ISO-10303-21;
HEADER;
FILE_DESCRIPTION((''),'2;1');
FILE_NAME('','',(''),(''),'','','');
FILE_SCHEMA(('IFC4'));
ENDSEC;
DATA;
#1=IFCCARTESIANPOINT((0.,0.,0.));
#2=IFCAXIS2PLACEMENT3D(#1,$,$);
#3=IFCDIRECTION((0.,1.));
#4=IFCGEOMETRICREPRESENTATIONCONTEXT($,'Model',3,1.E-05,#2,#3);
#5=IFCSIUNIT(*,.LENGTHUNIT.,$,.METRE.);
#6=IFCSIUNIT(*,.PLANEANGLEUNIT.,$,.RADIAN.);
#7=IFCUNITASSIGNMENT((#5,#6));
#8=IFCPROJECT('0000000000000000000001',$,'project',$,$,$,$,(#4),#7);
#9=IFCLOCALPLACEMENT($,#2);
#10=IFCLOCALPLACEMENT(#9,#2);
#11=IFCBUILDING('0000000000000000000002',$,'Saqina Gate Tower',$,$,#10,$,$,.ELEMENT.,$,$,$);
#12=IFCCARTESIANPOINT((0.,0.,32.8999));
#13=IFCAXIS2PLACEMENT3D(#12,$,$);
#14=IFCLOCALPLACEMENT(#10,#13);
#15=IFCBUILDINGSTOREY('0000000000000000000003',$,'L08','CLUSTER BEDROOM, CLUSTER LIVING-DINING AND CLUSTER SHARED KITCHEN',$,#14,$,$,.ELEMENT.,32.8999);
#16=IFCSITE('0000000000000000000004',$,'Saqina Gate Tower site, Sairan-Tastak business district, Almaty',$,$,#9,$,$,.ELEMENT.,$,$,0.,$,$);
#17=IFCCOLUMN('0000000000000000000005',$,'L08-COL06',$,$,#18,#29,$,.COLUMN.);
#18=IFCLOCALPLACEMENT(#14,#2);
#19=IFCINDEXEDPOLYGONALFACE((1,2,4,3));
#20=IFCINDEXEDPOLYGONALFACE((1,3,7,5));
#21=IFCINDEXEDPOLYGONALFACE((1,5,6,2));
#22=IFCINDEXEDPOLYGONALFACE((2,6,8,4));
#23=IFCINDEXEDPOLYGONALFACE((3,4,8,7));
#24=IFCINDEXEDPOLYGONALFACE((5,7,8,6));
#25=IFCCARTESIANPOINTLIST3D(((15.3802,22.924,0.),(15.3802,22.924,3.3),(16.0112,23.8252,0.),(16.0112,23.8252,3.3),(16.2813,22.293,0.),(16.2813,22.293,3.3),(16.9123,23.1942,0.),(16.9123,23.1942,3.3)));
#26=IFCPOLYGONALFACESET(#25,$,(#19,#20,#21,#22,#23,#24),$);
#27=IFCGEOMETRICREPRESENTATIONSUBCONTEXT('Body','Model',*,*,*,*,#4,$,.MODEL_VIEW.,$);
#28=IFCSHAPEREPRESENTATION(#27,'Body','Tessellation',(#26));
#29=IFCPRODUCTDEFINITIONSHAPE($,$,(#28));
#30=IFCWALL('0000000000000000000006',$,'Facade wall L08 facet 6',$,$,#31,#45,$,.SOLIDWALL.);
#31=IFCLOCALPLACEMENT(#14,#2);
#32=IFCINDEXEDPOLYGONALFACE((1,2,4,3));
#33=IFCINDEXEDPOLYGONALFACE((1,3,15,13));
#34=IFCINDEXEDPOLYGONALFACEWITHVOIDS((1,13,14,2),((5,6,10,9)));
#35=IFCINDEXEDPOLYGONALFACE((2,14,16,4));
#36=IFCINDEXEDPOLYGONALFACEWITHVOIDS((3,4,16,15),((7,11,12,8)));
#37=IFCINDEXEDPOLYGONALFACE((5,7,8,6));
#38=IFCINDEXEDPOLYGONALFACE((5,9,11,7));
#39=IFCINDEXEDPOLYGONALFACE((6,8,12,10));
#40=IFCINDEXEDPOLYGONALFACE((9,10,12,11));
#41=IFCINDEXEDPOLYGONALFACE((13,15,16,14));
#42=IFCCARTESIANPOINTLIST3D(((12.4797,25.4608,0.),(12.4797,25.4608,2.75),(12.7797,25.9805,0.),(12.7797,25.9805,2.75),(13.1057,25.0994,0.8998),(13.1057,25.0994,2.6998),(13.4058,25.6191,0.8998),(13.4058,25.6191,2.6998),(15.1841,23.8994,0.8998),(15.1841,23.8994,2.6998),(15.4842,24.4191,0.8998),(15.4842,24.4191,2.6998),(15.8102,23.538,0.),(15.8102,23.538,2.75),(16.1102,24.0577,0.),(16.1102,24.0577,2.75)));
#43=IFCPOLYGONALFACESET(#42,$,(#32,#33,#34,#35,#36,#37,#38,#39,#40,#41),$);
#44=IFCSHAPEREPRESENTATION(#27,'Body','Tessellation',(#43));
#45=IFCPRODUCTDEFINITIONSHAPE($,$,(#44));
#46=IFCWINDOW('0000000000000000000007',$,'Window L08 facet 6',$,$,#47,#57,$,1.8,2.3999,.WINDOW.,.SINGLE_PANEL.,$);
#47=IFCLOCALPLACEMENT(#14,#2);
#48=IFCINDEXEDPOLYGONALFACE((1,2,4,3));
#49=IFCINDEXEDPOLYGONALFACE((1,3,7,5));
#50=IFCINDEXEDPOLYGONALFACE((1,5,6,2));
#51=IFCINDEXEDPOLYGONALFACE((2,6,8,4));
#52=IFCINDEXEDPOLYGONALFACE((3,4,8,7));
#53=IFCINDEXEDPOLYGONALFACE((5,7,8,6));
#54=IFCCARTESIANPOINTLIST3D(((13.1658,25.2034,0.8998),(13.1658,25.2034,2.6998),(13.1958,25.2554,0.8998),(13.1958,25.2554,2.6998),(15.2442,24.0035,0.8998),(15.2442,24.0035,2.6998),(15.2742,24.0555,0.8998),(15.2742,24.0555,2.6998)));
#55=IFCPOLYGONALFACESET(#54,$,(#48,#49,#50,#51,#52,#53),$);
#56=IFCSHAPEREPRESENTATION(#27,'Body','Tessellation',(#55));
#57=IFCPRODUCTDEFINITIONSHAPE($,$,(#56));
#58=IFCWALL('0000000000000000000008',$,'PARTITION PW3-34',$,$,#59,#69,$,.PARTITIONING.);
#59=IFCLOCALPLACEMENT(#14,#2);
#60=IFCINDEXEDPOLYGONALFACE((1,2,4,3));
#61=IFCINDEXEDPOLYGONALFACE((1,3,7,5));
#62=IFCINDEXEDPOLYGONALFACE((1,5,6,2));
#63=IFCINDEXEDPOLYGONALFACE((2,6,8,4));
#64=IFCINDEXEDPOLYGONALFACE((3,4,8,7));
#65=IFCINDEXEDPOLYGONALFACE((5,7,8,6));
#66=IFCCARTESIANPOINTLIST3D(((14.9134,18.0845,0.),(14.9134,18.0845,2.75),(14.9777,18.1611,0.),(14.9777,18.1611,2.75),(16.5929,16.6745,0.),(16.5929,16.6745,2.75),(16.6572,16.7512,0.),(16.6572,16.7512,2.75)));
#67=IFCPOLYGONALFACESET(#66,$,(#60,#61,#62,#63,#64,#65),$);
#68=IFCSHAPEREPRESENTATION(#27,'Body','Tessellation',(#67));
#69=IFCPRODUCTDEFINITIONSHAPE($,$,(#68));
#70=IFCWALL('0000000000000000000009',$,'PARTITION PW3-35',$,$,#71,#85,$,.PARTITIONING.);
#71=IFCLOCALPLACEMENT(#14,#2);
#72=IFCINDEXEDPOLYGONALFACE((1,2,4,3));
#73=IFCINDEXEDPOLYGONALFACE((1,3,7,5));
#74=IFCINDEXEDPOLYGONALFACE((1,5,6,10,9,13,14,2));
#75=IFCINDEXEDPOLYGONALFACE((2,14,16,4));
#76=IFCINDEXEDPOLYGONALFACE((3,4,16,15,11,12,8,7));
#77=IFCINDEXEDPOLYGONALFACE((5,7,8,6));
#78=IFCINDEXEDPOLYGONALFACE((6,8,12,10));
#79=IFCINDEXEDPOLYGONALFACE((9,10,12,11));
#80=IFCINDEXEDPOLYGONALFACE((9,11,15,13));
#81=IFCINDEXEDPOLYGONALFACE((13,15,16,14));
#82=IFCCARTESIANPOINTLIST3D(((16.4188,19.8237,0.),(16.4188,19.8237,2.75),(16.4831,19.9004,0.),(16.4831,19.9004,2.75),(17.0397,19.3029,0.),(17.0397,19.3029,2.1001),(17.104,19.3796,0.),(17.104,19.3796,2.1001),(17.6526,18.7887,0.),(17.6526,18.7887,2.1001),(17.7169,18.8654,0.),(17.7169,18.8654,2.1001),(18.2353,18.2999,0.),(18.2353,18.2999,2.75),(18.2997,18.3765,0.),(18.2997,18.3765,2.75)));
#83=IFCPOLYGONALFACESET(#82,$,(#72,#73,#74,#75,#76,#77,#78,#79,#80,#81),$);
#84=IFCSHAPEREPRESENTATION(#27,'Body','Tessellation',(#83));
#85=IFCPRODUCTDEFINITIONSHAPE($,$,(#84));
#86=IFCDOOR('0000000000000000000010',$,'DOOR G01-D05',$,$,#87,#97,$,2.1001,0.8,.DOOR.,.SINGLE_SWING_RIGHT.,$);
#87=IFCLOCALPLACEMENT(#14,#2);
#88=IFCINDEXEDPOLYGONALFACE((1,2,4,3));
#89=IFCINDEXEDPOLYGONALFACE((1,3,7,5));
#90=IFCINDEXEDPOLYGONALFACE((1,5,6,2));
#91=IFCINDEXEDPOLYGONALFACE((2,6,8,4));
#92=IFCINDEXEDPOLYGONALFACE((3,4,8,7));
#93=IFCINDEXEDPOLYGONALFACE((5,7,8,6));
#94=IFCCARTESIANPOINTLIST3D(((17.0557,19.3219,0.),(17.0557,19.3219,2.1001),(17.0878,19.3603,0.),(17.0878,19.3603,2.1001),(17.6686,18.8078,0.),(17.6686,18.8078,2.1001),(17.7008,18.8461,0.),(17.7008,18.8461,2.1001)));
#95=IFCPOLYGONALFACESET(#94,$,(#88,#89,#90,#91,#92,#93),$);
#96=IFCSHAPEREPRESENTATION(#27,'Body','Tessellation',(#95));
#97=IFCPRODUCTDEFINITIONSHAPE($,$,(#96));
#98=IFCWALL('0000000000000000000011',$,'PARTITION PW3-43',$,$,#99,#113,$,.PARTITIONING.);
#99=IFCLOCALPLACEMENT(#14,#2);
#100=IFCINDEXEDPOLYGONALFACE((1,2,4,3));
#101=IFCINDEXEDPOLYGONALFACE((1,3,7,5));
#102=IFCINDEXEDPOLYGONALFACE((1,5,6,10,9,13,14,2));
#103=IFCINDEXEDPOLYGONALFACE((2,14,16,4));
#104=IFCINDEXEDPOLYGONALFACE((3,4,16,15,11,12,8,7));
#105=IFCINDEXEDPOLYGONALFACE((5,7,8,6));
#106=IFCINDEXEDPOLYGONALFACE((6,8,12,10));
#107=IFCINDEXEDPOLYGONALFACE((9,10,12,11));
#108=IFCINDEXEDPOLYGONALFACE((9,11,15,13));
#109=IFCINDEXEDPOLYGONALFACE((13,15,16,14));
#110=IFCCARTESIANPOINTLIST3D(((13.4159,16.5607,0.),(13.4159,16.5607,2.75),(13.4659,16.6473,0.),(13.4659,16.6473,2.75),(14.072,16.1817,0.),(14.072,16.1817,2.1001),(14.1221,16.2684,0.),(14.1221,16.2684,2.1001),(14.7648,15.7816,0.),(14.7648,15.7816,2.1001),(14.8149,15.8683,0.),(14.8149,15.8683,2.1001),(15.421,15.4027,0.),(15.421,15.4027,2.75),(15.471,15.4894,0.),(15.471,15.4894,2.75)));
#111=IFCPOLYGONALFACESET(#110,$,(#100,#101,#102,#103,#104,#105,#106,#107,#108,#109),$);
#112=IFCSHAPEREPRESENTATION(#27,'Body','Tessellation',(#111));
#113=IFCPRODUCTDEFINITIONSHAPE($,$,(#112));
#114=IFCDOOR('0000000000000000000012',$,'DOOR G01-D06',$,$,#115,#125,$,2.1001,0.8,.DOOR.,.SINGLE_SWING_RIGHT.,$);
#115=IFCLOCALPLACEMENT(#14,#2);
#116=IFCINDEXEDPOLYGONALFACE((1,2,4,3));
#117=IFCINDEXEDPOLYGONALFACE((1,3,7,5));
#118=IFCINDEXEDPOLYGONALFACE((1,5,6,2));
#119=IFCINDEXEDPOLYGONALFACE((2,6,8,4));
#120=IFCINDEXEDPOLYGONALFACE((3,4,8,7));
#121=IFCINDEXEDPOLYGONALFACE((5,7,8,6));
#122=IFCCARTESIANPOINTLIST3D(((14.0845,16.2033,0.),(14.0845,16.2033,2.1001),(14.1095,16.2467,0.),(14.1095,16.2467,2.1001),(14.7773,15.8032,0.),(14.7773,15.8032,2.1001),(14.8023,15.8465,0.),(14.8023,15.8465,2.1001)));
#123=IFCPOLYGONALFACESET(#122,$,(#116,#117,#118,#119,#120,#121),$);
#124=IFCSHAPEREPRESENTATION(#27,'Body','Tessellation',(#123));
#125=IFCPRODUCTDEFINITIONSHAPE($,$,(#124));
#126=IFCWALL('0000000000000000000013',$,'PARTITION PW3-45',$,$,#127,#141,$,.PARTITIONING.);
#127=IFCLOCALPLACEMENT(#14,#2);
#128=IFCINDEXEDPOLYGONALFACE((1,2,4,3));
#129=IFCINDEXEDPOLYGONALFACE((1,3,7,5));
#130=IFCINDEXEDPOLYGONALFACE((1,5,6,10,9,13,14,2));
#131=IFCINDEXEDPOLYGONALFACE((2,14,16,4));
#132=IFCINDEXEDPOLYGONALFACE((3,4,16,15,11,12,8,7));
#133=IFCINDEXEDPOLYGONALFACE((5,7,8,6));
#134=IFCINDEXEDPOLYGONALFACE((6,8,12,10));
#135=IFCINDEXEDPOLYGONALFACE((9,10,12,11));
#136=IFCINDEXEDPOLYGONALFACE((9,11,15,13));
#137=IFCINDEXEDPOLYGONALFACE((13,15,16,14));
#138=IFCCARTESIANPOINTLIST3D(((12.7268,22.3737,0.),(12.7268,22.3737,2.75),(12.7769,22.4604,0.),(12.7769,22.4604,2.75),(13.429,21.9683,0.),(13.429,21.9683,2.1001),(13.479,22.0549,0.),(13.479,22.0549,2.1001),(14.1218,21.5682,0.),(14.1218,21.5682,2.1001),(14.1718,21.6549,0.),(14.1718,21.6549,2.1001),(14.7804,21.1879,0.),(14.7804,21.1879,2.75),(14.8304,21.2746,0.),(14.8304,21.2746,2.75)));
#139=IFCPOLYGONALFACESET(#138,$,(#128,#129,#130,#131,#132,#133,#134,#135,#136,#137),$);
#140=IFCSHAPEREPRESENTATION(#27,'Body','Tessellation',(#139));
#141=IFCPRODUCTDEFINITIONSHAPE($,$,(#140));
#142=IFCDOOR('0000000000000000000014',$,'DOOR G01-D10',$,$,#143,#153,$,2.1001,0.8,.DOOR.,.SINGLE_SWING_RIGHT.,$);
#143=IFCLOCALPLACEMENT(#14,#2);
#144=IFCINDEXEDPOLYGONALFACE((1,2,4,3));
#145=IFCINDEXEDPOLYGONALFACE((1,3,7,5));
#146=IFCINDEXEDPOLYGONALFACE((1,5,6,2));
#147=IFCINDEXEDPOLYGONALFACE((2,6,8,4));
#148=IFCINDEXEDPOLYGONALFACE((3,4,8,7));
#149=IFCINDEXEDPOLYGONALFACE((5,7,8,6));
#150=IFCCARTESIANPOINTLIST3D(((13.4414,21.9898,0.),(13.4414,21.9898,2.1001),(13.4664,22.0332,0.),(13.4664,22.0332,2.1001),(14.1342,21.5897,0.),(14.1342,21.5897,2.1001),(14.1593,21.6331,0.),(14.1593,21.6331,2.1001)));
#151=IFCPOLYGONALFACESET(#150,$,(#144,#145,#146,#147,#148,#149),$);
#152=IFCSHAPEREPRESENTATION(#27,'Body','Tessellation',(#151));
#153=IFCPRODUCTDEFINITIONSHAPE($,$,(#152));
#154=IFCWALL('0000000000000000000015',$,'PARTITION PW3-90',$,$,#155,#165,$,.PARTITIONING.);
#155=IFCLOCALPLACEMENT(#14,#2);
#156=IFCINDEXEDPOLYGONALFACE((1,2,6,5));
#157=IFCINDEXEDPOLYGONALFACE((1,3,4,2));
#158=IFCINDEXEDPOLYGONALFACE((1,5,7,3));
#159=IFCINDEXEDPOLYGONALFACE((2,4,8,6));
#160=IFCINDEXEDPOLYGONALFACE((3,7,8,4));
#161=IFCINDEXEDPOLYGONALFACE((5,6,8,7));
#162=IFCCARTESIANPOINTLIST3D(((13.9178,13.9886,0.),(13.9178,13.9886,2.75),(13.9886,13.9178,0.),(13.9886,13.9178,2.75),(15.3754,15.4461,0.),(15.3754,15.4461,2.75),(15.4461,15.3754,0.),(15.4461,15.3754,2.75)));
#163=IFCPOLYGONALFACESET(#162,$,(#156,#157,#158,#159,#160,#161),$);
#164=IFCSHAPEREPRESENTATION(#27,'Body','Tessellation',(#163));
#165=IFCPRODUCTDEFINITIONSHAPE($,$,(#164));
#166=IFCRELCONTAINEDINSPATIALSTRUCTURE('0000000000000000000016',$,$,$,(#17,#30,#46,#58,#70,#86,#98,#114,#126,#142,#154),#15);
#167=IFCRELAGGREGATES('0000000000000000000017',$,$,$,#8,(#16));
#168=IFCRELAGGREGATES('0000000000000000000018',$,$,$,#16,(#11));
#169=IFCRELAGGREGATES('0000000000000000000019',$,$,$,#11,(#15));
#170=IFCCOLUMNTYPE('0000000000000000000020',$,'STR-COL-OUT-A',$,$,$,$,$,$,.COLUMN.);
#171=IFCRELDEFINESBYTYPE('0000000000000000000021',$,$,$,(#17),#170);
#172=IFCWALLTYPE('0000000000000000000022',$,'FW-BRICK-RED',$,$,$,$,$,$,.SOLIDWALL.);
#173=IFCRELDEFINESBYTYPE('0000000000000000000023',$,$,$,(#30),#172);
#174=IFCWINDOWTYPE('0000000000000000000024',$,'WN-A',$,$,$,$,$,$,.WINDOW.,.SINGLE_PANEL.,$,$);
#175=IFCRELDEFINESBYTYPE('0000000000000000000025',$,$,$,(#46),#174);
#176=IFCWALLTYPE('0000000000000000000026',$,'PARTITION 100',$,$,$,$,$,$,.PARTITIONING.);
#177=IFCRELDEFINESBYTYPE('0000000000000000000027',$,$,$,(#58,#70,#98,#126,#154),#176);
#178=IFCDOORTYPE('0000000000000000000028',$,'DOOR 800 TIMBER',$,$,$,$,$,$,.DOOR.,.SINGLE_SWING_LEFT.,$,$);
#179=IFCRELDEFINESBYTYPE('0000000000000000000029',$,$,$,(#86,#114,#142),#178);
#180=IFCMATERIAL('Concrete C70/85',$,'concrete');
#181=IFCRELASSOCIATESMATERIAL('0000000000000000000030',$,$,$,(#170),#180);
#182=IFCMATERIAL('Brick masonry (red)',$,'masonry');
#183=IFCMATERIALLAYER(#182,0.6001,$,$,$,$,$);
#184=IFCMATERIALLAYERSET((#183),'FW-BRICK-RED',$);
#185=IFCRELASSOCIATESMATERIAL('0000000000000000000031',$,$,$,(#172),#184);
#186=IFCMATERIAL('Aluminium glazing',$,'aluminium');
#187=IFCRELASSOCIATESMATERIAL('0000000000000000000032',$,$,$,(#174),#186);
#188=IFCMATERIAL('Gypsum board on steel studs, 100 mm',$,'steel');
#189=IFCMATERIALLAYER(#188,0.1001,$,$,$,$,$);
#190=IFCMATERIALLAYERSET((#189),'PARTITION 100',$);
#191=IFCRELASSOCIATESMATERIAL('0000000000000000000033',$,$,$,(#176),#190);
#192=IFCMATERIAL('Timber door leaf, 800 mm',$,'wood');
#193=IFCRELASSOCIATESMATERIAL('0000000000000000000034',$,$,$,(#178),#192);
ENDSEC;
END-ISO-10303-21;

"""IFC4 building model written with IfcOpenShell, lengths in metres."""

from ifc_helpers import new_model, si_unit, direction, frame, frame_2d, origin, origin_2d, place, context, subcontext, project, spatial, rectangle, extrude, material, layer, layer_set, material_profile, profile_set, type_object, element, fill, save


model = new_model("IFC4")

# Units and contexts
model_context = context("Model", 3, precision=1e-05, world=origin(), true_north=direction((0.0, 1.0)))
body_context = subcontext(model_context, "Body", "Model", "MODEL_VIEW")
ifc_project = project(units=[si_unit("LENGTHUNIT", "METRE"), si_unit("PLANEANGLEUNIT", "RADIAN")], contexts=[model_context])

# Site, building, storey
site_placement = place(None, origin())
site = spatial("IfcSite", under=ifc_project, at=site_placement, Name="Saqina Gate Tower site, Sairan-Tastak business district, Almaty", CompositionType="ELEMENT", RefElevation=0.0)
building_placement = place(site_placement, origin())
building = spatial("IfcBuilding", under=site, at=building_placement, Name="Saqina Gate Tower", CompositionType="ELEMENT")
storey_placement = place(building_placement, frame((0.0, 0.0, 32.8999)))
storey = spatial("IfcBuildingStorey", under=building, at=storey_placement, Name="L08", Description="CLUSTER BEDROOM, CLUSTER LIVING-DINING AND CLUSTER SHARED KITCHEN", CompositionType="ELEMENT", Elevation=32.8999)

# Column
ifc_material_1 = material(Name="Concrete C70/85", Category="concrete")
ifc_material_profile = material_profile(ifc_material_1, rectangle(XDim=1.1001, YDim=1.1001, at=origin_2d()), Name="RC 1100x1100")
ifc_profile_set = profile_set([ifc_material_profile], Name="Concrete C70/85")
column_type = type_object("IfcColumnType", Name="STR-COL-OUT-A", PredefinedType="COLUMN", material=ifc_profile_set)
column_placement = place(storey_placement, frame((16.1462, 23.0591, 0.0), z_axis=(0.0, 0.0, 1.0), x_axis=(0.573576, 0.819152, 0.0)))
element("IfcColumn", 1, at=column_placement, inside=storey, type_object=column_type, Name="L08-COL06", PredefinedType="COLUMN", context=body_context, shape_type="SweptSolid", body=[
    extrude(rectangle(XDim=1.1001, YDim=1.1001, at=origin_2d()), origin(), (0.0, 0.0, 1.0), 3.3),
])

# Wall, opening, window
ifc_material_2 = material(Name="Brick masonry (red)", Category="masonry")
ifc_layer_1 = layer(ifc_material_2, 0.6001)
ifc_layer_set_1 = layer_set([ifc_layer_1], Name="FW-BRICK-RED")
wall_type_1 = type_object("IfcWallType", Name="FW-BRICK-RED", PredefinedType="SOLIDWALL", material=ifc_layer_set_1)
wall_1_placement = place(storey_placement, frame((15.9602, 23.7979, 0.0), z_axis=(0.0, 0.0, 1.0), x_axis=(-0.866031, 0.49999, 0.0)))
wall_1 = element("IfcWall", 2, at=wall_1_placement, inside=storey, type_object=wall_type_1, Name="Facade wall L08 facet 6", PredefinedType="SOLIDWALL", context=body_context, shape_type="SweptSolid", body=[
    extrude(rectangle(XDim=3.8457, YDim=0.6001, at=frame_2d((1.9229, 0.0))), origin(), (0.0, 0.0, 1.0), 2.75),
])
opening_1_placement = place(wall_1_placement, frame((0.7229, 0.0, 0.8999)))
opening_1 = element("IfcOpeningElement", 3, at=opening_1_placement, cuts=wall_1, PredefinedType="OPENING", context=body_context, shape_type="SweptSolid", body=[
    extrude(rectangle(XDim=2.3999, YDim=1.8, at=frame_2d((1.2, 0.8999))), frame((0.0, 0.312, 0.0), z_axis=(0.0, -1.0, 0.0), x_axis=(1.0, 0.0, 0.0)), (0.0, 0.0, 1.0), 0.624),
])
ifc_material_3 = material(Name="Aluminium glazing", Category="aluminium")
window_type = type_object("IfcWindowType", Name="WN-A", PartitioningType="SINGLE_PANEL", PredefinedType="WINDOW", material=ifc_material_3)
window_placement = place(opening_1_placement, origin())
window = element("IfcWindow", 4, at=window_placement, inside=storey, type_object=window_type, Name="Window L08 facet 6", OverallHeight=1.8, OverallWidth=2.3999, PartitioningType="SINGLE_PANEL", PredefinedType="WINDOW", context=body_context, shape_type="SweptSolid", body=[
    extrude(rectangle(XDim=2.3999, YDim=1.8, at=frame_2d((1.2, 0.8999))), frame((0.0, 0.1799, 0.0), z_axis=(0.0, -1.0, 0.0), x_axis=(1.0, 0.0, 0.0)), (0.0, 0.0, 1.0), 0.0601),
])
fill(opening_1, window)

# Wall
ifc_material_4 = material(Name="Gypsum board on steel studs, 100 mm", Category="steel")
ifc_layer_2 = layer(ifc_material_4, 0.1001)
ifc_layer_set_2 = layer_set([ifc_layer_2], Name="PARTITION 100")
wall_type_2 = type_object("IfcWallType", Name="PARTITION 100", PredefinedType="PARTITIONING", material=ifc_layer_set_2)
wall_2_placement = place(storey_placement, frame((14.9456, 18.1228, 0.0), z_axis=(0.0, 0.0, 1.0), x_axis=(0.765889, -0.642973, 0.0)))
element("IfcWall", 5, at=wall_2_placement, inside=storey, type_object=wall_type_2, Name="PARTITION PW3-34", PredefinedType="PARTITIONING", context=body_context, shape_type="SweptSolid", body=[
    extrude(rectangle(XDim=2.1929, YDim=0.1001, at=frame_2d((1.0964, 0.0))), origin(), (0.0, 0.0, 1.0), 2.75),
])

# Walls, openings, doors
wall_3_placement = place(storey_placement, frame((16.4509, 19.8621, 0.0), z_axis=(0.0, 0.0, 1.0), x_axis=(0.766133, -0.642682, 0.0)))
wall_3 = element("IfcWall", 6, at=wall_3_placement, inside=storey, type_object=wall_type_2, Name="PARTITION PW3-35", PredefinedType="PARTITIONING", context=body_context, shape_type="SweptSolid", body=[
    extrude(rectangle(XDim=2.3711, YDim=0.1001, at=frame_2d((1.1855, 0.0))), origin(), (0.0, 0.0, 1.0), 2.75),
])
opening_2_placement = place(wall_3_placement, frame((0.8105, 0.0, 0.0)))
opening_2 = element("IfcOpeningElement", 7, at=opening_2_placement, cuts=wall_3, PredefinedType="OPENING", context=body_context, shape_type="SweptSolid", body=[
    extrude(rectangle(XDim=0.8, YDim=2.1001, at=frame_2d((0.3999, 1.05))), frame((0.0, 0.062, 0.0), z_axis=(0.0, -1.0, 0.0), x_axis=(1.0, 0.0, 0.0)), (0.0, 0.0, 1.0), 0.124),
])
ifc_material_5 = material(Name="Timber door leaf, 800 mm", Category="wood")
door_type_1 = type_object("IfcDoorType", Name="DOOR 800 TIMBER", OperationType="SINGLE_SWING_LEFT", PredefinedType="DOOR", material=ifc_material_5)
door_1_placement = place(opening_2_placement, origin())
door_1 = element("IfcDoor", 8, at=door_1_placement, inside=storey, type_object=door_type_1, Name="DOOR G01-D05", OperationType="SINGLE_SWING_RIGHT", OverallHeight=2.1001, OverallWidth=0.8, PredefinedType="DOOR", context=body_context, shape_type="SweptSolid", body=[
    extrude(rectangle(XDim=0.8, YDim=2.1001, at=frame_2d((0.3999, 1.05))), frame((0.0, 0.0249, 0.0), z_axis=(0.0, -1.0, 0.0), x_axis=(1.0, 0.0, 0.0)), (0.0, 0.0, 1.0), 0.05),
])
fill(opening_2, door_1)
wall_4_placement = place(storey_placement, frame((13.4409, 16.604, 0.0), z_axis=(0.0, 0.0, 1.0), x_axis=(0.86597, -0.500097, 0.0)))
wall_4 = element("IfcWall", 9, at=wall_4_placement, inside=storey, type_object=wall_type_2, Name="PARTITION PW3-43", PredefinedType="PARTITIONING", context=body_context, shape_type="SweptSolid", body=[
    extrude(rectangle(XDim=2.3154, YDim=0.1001, at=frame_2d((1.1577, 0.0))), origin(), (0.0, 0.0, 1.0), 2.75),
])
opening_3_placement = place(wall_4_placement, frame((0.7578, 0.0, 0.0)))
opening_3 = element("IfcOpeningElement", 10, at=opening_3_placement, cuts=wall_4, PredefinedType="OPENING", context=body_context, shape_type="SweptSolid", body=[
    extrude(rectangle(XDim=0.8, YDim=2.1001, at=frame_2d((0.3999, 1.05))), frame((0.0, 0.062, 0.0), z_axis=(0.0, -1.0, 0.0), x_axis=(1.0, 0.0, 0.0)), (0.0, 0.0, 1.0), 0.124),
])
door_2_placement = place(opening_3_placement, origin())
door_2 = element("IfcDoor", 11, at=door_2_placement, inside=storey, type_object=door_type_1, Name="DOOR G01-D06", OperationType="SINGLE_SWING_RIGHT", OverallHeight=2.1001, OverallWidth=0.8, PredefinedType="DOOR", context=body_context, shape_type="SweptSolid", body=[
    extrude(rectangle(XDim=0.8, YDim=2.1001, at=frame_2d((0.3999, 1.05))), frame((0.0, 0.0249, 0.0), z_axis=(0.0, -1.0, 0.0), x_axis=(1.0, 0.0, 0.0)), (0.0, 0.0, 1.0), 0.05),
])
fill(opening_3, door_2)
wall_5_placement = place(storey_placement, frame((12.752, 22.417, 0.0), z_axis=(0.0, 0.0, 1.0), x_axis=(0.865985, -0.50007, 0.0)))
wall_5 = element("IfcWall", 12, at=wall_5_placement, inside=storey, type_object=wall_type_2, Name="PARTITION PW3-45", PredefinedType="PARTITIONING", context=body_context, shape_type="SweptSolid", body=[
    extrude(rectangle(XDim=2.3713, YDim=0.1001, at=frame_2d((1.1855, 0.0))), origin(), (0.0, 0.0, 1.0), 2.75),
])
opening_4_placement = place(wall_5_placement, frame((0.8108, 0.0, 0.0)))
opening_4 = element("IfcOpeningElement", 13, at=opening_4_placement, cuts=wall_5, PredefinedType="OPENING", context=body_context, shape_type="SweptSolid", body=[
    extrude(rectangle(XDim=0.8, YDim=2.1001, at=frame_2d((0.3999, 1.05))), frame((0.0, 0.062, 0.0), z_axis=(0.0, -1.0, 0.0), x_axis=(1.0, 0.0, 0.0)), (0.0, 0.0, 1.0), 0.124),
])
door_3_placement = place(opening_4_placement, origin())
door_3 = element("IfcDoor", 14, at=door_3_placement, inside=storey, type_object=door_type_1, Name="DOOR G01-D10", OperationType="SINGLE_SWING_RIGHT", OverallHeight=2.1001, OverallWidth=0.8, PredefinedType="DOOR", context=body_context, shape_type="SweptSolid", body=[
    extrude(rectangle(XDim=0.8, YDim=2.1001, at=frame_2d((0.3999, 1.05))), frame((0.0, 0.0249, 0.0), z_axis=(0.0, -1.0, 0.0), x_axis=(1.0, 0.0, 0.0)), (0.0, 0.0, 1.0), 0.05),
])
fill(opening_4, door_3)

# Wall
wall_6_placement = place(storey_placement, frame((13.9531, 13.9531, 0.0), z_axis=(0.0, 0.0, 1.0), x_axis=(0.707107, 0.707107, 0.0)))
element("IfcWall", 15, at=wall_6_placement, inside=storey, type_object=wall_type_2, Name="PARTITION PW3-90", PredefinedType="PARTITIONING", context=body_context, shape_type="SweptSolid", body=[
    extrude(rectangle(XDim=2.0613, YDim=0.1001, at=frame_2d((1.0308, 0.0))), origin(), (0.0, 0.0, 1.0), 2.75),
])

save(model, "model.ifc")
